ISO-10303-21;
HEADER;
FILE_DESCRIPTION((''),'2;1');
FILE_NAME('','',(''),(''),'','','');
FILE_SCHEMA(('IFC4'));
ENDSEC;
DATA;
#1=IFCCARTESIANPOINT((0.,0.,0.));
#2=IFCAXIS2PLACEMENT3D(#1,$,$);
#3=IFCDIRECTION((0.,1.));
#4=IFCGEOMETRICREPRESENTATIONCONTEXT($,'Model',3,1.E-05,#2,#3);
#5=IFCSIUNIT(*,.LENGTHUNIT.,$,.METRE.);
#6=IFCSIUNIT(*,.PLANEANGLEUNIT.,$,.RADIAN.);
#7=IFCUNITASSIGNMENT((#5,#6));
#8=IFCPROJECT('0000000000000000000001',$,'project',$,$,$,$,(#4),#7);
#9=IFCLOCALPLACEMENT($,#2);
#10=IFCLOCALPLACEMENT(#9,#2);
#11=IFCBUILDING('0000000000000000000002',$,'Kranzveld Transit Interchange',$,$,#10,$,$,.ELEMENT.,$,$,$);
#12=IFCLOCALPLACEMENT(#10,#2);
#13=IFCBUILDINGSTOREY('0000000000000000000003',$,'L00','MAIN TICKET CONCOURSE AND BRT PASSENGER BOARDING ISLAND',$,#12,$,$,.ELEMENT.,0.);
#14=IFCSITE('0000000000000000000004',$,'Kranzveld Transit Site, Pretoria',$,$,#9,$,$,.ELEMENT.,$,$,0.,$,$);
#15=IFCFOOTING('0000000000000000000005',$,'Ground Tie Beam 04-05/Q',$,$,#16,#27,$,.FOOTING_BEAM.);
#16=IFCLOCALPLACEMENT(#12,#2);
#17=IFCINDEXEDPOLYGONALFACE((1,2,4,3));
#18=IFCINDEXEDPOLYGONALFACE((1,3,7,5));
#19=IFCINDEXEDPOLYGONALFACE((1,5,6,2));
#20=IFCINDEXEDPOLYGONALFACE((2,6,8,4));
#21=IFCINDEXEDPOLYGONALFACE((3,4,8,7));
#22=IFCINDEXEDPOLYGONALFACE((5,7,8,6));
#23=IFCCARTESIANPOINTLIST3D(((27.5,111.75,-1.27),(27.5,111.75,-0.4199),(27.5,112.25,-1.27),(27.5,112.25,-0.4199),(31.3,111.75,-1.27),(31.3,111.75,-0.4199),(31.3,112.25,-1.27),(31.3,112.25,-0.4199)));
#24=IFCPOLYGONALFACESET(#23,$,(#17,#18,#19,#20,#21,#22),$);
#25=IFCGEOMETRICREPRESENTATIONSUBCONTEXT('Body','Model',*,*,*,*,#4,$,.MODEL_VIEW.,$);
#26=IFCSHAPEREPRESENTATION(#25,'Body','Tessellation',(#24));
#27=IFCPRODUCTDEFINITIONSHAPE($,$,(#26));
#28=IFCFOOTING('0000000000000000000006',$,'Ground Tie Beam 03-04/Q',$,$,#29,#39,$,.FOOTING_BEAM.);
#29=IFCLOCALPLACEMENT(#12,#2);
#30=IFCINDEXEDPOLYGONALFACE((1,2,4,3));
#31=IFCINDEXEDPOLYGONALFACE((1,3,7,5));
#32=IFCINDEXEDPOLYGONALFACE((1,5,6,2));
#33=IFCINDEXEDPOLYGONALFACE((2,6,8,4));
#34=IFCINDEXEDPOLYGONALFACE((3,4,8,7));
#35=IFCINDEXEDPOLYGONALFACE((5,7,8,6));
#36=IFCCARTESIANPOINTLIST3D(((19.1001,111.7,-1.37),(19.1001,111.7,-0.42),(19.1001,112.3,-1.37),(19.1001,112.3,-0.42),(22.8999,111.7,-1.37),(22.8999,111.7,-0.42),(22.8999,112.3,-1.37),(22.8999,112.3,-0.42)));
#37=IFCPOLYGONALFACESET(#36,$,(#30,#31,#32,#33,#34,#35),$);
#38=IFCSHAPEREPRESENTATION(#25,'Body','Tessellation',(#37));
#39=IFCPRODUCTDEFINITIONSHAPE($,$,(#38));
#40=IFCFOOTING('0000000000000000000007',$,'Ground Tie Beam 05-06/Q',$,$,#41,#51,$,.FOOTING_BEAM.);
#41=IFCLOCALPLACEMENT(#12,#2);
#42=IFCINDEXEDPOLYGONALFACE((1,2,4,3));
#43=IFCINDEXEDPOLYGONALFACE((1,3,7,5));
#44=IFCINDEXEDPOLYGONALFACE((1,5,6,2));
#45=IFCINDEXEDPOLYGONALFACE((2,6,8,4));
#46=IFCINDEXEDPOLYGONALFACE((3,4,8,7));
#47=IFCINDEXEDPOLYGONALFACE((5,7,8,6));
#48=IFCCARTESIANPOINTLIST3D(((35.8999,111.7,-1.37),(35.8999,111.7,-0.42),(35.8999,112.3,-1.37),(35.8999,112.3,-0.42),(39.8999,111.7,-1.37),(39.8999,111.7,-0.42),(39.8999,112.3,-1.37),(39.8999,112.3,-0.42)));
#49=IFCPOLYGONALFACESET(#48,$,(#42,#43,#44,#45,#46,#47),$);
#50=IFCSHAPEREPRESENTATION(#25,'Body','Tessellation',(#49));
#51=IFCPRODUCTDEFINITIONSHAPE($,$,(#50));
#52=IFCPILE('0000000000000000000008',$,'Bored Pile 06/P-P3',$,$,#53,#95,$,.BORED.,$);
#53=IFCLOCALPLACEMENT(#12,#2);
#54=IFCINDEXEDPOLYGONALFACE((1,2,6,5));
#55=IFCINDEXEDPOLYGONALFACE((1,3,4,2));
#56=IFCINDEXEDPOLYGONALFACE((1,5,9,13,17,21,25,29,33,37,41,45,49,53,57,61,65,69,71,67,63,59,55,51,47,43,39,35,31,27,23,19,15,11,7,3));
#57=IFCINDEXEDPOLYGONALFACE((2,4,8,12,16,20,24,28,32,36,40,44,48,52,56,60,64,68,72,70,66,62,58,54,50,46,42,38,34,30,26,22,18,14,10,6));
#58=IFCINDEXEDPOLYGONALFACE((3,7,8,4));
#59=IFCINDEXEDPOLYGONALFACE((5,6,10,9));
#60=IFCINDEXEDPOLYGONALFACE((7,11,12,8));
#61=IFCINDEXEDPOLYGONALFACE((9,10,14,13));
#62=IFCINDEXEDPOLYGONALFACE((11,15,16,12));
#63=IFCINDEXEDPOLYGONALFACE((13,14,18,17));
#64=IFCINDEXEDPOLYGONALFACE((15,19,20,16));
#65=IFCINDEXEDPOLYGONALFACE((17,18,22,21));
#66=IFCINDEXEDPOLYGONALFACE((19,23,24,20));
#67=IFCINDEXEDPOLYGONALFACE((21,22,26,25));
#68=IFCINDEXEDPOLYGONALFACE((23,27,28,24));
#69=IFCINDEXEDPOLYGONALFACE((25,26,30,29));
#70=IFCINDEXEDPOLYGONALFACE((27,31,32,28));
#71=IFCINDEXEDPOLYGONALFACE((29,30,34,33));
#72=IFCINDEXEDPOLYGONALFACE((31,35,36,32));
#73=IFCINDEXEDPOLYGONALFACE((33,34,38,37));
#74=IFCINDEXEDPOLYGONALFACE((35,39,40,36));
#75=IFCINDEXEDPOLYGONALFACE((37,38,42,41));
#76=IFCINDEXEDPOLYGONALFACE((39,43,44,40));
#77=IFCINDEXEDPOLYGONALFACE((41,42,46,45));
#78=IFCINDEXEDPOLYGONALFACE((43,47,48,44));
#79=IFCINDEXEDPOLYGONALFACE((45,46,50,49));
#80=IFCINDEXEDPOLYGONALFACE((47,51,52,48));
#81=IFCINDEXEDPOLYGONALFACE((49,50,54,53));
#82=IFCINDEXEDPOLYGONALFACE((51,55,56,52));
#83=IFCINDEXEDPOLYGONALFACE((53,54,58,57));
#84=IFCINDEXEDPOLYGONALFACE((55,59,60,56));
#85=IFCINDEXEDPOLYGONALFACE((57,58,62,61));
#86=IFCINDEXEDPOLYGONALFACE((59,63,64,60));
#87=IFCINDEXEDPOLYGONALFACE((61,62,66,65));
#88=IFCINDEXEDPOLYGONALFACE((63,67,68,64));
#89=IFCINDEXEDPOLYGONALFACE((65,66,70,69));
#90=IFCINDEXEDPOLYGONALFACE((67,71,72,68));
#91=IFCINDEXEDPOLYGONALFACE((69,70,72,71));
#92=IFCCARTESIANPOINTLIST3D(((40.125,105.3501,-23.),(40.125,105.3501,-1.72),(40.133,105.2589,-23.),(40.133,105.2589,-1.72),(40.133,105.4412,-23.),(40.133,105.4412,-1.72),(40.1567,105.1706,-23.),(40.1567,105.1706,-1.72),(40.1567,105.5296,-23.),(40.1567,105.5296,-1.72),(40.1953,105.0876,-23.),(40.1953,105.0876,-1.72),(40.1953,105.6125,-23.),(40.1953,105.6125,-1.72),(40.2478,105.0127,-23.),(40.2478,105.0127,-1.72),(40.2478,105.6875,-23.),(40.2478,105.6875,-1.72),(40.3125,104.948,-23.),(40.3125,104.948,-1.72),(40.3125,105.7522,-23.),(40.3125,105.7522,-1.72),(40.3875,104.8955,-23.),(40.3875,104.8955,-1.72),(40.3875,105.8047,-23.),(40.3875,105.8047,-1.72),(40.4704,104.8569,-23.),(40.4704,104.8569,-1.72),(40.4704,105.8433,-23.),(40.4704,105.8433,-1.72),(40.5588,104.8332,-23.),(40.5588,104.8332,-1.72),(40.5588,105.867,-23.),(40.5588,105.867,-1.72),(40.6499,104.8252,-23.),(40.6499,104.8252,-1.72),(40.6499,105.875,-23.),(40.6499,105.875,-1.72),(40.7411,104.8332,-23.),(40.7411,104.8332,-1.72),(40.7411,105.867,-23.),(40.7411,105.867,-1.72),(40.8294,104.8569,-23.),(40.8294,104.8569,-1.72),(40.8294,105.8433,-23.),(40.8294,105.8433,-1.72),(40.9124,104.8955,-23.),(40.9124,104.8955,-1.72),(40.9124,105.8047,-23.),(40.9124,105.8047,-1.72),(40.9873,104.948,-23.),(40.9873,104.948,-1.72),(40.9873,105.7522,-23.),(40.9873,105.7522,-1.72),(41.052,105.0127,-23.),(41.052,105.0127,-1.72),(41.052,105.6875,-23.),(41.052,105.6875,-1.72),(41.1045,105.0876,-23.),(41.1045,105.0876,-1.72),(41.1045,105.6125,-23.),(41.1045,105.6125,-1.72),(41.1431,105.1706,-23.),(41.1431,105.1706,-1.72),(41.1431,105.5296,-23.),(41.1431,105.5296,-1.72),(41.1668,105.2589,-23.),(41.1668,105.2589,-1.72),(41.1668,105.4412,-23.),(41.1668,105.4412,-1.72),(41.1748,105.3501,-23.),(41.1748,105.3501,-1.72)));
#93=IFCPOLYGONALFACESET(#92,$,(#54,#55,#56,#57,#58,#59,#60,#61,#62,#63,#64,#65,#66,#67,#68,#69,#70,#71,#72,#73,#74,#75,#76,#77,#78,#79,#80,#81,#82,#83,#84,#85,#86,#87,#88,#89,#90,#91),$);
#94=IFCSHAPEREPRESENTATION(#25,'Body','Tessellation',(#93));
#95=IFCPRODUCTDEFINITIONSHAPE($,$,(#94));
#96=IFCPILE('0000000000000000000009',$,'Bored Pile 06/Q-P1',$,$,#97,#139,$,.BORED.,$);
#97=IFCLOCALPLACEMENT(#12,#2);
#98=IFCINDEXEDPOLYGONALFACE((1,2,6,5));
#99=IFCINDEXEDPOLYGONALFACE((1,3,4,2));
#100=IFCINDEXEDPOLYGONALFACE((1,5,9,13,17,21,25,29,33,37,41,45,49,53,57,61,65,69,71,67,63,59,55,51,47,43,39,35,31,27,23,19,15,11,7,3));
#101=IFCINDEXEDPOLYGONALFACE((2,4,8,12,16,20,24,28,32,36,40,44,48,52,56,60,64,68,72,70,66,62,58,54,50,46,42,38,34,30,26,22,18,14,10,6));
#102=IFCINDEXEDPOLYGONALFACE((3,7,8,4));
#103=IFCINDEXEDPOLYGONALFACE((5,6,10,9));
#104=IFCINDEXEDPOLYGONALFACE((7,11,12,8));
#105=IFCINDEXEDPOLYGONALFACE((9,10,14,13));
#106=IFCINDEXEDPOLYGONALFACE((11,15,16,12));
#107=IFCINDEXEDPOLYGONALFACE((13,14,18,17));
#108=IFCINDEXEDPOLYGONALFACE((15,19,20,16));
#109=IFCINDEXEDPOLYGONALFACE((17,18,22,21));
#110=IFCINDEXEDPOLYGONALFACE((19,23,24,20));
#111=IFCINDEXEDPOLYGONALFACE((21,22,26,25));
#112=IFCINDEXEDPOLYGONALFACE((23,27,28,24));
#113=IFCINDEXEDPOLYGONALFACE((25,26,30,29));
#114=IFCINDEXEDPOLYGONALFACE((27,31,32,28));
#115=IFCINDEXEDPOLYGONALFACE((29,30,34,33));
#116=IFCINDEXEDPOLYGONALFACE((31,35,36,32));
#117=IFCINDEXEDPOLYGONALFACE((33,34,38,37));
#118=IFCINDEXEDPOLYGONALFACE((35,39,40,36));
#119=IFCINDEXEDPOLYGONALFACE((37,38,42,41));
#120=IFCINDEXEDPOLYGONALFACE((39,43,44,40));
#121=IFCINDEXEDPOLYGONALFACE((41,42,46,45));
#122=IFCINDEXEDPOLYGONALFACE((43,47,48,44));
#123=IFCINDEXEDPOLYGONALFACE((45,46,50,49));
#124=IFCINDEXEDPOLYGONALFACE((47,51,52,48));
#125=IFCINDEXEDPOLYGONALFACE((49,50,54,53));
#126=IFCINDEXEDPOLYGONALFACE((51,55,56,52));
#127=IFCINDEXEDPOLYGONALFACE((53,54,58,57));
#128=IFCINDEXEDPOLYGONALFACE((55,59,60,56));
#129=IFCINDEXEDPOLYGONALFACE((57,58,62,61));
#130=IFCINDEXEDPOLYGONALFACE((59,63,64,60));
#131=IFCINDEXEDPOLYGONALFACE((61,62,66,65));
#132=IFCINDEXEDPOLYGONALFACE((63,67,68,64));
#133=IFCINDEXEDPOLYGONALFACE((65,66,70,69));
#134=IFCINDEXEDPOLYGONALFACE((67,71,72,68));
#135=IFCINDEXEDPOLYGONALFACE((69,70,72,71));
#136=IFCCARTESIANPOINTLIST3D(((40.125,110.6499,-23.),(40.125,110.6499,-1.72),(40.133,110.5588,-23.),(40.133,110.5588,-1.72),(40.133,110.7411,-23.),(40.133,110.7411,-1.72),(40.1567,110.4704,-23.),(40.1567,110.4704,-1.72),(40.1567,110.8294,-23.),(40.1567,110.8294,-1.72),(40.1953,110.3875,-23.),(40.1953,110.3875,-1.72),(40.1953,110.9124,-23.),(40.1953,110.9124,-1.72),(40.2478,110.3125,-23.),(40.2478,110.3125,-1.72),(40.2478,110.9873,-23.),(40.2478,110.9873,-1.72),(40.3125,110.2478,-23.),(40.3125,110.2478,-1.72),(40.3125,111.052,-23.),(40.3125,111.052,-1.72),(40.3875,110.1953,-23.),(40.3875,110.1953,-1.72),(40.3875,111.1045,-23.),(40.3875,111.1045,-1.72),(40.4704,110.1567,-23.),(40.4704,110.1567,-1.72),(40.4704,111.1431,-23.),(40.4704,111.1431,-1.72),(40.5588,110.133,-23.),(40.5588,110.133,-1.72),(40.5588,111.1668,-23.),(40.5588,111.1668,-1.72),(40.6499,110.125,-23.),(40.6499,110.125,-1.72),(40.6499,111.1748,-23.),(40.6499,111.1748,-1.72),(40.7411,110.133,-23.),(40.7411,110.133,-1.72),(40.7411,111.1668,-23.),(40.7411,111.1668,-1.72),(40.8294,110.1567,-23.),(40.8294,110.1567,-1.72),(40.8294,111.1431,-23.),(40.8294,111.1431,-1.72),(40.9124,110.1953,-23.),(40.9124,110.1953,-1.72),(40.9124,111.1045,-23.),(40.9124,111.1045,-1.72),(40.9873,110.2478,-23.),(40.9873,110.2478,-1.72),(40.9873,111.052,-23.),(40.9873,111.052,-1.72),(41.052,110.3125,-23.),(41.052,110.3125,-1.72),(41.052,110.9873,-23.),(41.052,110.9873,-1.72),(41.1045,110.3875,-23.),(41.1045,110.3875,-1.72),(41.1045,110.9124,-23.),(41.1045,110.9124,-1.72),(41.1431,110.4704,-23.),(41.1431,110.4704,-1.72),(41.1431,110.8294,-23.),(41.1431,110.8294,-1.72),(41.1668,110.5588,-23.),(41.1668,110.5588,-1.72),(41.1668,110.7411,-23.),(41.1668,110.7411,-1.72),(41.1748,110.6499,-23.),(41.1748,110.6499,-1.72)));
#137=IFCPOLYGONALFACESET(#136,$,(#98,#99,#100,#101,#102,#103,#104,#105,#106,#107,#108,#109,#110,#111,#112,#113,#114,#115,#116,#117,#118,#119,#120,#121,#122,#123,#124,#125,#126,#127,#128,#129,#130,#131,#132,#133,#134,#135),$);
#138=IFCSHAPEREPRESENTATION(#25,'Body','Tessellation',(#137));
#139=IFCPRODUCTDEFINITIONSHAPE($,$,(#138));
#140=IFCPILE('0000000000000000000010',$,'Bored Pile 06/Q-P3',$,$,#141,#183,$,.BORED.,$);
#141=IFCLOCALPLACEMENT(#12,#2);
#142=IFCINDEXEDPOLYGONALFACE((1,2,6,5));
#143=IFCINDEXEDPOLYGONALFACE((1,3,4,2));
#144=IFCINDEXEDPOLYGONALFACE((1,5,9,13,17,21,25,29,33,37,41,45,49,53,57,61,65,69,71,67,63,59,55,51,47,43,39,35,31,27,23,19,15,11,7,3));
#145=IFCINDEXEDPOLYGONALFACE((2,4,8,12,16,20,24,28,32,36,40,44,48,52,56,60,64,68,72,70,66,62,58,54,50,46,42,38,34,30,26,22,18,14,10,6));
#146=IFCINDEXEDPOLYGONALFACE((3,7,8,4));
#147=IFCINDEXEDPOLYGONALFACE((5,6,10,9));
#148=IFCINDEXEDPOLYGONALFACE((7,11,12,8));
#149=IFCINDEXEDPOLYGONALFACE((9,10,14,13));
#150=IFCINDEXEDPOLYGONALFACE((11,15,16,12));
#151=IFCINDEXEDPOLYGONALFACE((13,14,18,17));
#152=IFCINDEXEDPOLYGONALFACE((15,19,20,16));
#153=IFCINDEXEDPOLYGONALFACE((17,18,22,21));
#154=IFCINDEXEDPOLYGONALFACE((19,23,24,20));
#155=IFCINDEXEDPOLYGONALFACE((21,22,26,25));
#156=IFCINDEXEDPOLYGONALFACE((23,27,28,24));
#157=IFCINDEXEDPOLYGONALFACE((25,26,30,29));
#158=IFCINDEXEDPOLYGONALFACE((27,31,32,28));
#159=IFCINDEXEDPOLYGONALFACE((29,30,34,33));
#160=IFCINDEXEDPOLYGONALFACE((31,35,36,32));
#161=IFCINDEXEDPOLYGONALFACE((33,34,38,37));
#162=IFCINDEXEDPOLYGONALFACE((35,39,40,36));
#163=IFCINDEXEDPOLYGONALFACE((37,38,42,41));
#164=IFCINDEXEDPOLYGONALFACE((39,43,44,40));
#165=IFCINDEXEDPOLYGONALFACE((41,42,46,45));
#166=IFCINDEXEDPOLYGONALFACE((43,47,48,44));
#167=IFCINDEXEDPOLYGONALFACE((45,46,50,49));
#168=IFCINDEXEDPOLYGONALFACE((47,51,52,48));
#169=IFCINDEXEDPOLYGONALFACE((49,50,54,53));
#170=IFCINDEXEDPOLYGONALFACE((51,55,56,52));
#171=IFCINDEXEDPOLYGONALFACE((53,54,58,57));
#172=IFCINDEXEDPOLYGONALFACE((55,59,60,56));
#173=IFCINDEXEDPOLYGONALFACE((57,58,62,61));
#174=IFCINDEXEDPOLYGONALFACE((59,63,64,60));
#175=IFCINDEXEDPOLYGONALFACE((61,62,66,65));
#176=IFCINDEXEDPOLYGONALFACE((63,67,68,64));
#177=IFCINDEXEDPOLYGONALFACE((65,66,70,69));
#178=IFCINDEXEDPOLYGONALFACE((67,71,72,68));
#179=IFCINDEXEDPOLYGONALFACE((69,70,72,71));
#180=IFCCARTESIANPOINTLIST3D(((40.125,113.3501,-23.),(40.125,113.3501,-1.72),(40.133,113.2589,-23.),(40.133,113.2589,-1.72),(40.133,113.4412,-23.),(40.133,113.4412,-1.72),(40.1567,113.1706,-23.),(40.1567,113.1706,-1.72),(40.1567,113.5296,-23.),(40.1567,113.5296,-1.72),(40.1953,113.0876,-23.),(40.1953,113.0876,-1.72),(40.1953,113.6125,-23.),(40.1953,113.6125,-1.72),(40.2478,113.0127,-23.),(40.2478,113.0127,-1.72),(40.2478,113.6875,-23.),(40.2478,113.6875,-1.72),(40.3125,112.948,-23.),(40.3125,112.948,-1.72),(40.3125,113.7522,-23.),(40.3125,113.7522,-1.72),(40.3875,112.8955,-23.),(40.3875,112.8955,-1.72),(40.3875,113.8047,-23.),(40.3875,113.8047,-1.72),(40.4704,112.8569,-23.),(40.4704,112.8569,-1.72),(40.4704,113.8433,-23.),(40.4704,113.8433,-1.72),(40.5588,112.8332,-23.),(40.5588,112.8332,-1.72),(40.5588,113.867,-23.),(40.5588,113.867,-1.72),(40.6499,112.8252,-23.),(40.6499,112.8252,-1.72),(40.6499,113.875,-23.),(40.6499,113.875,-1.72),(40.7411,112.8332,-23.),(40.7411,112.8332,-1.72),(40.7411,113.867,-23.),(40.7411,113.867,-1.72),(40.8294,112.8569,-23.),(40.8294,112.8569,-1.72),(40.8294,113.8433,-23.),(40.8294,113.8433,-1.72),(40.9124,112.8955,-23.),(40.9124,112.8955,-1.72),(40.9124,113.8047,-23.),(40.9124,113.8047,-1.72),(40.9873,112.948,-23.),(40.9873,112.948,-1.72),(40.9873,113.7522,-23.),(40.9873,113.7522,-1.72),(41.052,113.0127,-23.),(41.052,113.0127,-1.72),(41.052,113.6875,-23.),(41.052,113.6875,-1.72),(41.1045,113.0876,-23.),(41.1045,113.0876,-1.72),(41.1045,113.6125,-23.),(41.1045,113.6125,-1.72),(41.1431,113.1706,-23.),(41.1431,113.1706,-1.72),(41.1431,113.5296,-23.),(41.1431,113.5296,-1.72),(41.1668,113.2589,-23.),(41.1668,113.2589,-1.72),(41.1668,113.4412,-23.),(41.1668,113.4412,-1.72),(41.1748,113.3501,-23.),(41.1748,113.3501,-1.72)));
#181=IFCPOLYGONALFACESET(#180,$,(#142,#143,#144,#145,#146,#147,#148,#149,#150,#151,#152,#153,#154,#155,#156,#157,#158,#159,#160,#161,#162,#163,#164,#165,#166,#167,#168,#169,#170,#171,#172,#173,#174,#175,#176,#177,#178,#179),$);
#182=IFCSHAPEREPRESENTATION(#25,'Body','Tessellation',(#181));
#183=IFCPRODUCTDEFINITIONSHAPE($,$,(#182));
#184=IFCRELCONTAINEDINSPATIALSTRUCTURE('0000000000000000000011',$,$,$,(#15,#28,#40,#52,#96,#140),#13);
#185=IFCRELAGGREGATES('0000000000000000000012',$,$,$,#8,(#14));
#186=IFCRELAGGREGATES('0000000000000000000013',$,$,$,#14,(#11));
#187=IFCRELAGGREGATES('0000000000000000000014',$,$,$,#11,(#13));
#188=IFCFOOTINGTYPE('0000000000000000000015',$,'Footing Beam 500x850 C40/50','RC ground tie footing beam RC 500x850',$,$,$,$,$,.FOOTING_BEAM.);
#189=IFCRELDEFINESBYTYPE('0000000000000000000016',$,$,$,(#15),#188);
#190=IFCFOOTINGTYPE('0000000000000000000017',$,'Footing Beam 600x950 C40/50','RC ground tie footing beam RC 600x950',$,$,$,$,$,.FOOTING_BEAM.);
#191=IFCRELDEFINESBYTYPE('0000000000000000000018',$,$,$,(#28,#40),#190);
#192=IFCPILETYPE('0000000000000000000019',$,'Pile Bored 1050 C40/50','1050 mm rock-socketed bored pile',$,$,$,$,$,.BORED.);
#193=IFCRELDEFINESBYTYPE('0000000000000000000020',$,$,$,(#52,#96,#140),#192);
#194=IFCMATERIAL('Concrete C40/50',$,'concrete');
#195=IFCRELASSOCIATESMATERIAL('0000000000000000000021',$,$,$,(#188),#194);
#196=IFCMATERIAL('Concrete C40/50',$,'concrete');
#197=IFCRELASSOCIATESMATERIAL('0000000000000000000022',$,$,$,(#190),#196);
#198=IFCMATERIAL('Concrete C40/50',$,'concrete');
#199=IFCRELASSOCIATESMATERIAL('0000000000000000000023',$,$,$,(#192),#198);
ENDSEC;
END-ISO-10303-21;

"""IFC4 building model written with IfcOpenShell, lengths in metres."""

from ifc_helpers import new_model, si_unit, direction, frame, origin, origin_2d, place, context, subcontext, project, spatial, rectangle, circle, extrude, material, material_profile, profile_set, type_object, element, save


model = new_model("IFC4")

# Units and contexts
model_context = context("Model", 3, precision=1e-05, world=origin(), true_north=direction((0.0, 1.0)))
body_context = subcontext(model_context, "Body", "Model", "MODEL_VIEW")
ifc_project = project(units=[si_unit("LENGTHUNIT", "METRE"), si_unit("PLANEANGLEUNIT", "RADIAN")], contexts=[model_context])

# Site, building, storey
site_placement = place(None, origin())
site = spatial("IfcSite", under=ifc_project, at=site_placement, Name="Kranzveld Transit Site, Pretoria", CompositionType="ELEMENT", RefElevation=0.0)
building_placement = place(site_placement, origin())
building = spatial("IfcBuilding", under=site, at=building_placement, Name="Kranzveld Transit Interchange", CompositionType="ELEMENT")
storey_placement = place(building_placement, origin())
storey = spatial("IfcBuildingStorey", under=building, at=storey_placement, Name="L00", Description="MAIN TICKET CONCOURSE AND BRT PASSENGER BOARDING ISLAND", CompositionType="ELEMENT", Elevation=0.0)

# Footings
ifc_material_1 = material(Name="Concrete C40/50", Category="concrete")
ifc_material_profile_1 = material_profile(ifc_material_1, rectangle(XDim=0.5, YDim=0.8501, at=origin_2d()), Name="RC 500x850")
ifc_profile_set_1 = profile_set([ifc_material_profile_1], Name="Concrete C40/50")
footing_type_1 = type_object("IfcFootingType", Name="Footing Beam 500x850 C40/50", Description="RC ground tie footing beam RC 500x850", PredefinedType="FOOTING_BEAM", material=ifc_profile_set_1)
footing_1_placement = place(storey_placement, frame((27.5, 112.0, -0.845), z_axis=(1.0, 0.0, 0.0), x_axis=(0.0, 1.0, 0.0)))
element("IfcFooting", 1, at=footing_1_placement, inside=storey, type_object=footing_type_1, Name="Ground Tie Beam 04-05/Q", PredefinedType="FOOTING_BEAM", context=body_context, shape_type="SweptSolid", body=[
    extrude(rectangle(XDim=0.5, YDim=0.8501, at=origin_2d()), origin(), (0.0, 0.0, 1.0), 3.8),
])
ifc_material_2 = material(Name="Concrete C40/50", Category="concrete")
ifc_material_profile_2 = material_profile(ifc_material_2, rectangle(XDim=0.6001, YDim=0.95, at=origin_2d()), Name="RC 600x950")
ifc_profile_set_2 = profile_set([ifc_material_profile_2], Name="Concrete C40/50")
footing_type_2 = type_object("IfcFootingType", Name="Footing Beam 600x950 C40/50", Description="RC ground tie footing beam RC 600x950", PredefinedType="FOOTING_BEAM", material=ifc_profile_set_2)
footing_2_placement = place(storey_placement, frame((19.1001, 112.0, -0.895), z_axis=(1.0, 0.0, 0.0), x_axis=(0.0, 1.0, 0.0)))
element("IfcFooting", 2, at=footing_2_placement, inside=storey, type_object=footing_type_2, Name="Ground Tie Beam 03-04/Q", PredefinedType="FOOTING_BEAM", context=body_context, shape_type="SweptSolid", body=[
    extrude(rectangle(XDim=0.6001, YDim=0.95, at=origin_2d()), origin(), (0.0, 0.0, 1.0), 3.7998),
])
footing_3_placement = place(storey_placement, frame((35.8999, 112.0, -0.895), z_axis=(1.0, 0.0, 0.0), x_axis=(0.0, 1.0, 0.0)))
element("IfcFooting", 3, at=footing_3_placement, inside=storey, type_object=footing_type_2, Name="Ground Tie Beam 05-06/Q", PredefinedType="FOOTING_BEAM", context=body_context, shape_type="SweptSolid", body=[
    extrude(rectangle(XDim=0.6001, YDim=0.95, at=origin_2d()), origin(), (0.0, 0.0, 1.0), 4.0),
])

# Piles
ifc_material_3 = material(Name="Concrete C40/50", Category="concrete")
ifc_material_profile_3 = material_profile(ifc_material_3, circle(Radius=0.5249, at=origin_2d()), Name="BORED PILE 1050")
ifc_profile_set_3 = profile_set([ifc_material_profile_3], Name="Concrete C40/50")
pile_type_1 = type_object("IfcPileType", Name="Pile Bored 1050 C40/50", Description="1050 mm rock-socketed bored pile", PredefinedType="BORED", material=ifc_profile_set_3)
for number, where, z_axis, x_axis, name in (
    (4, (40.6499, 105.3501, -1.72), (0.0, 0.0, -1.0), (1.0, 0.0, 0.0), "Bored Pile 06/P-P3"),
    (5, (40.6499, 110.6499, -1.72), (0.0, 0.0, -1.0), (1.0, 0.0, 0.0), "Bored Pile 06/Q-P1"),
    (6, (40.6499, 113.3501, -1.72), (0.0, 0.0, -1.0), (1.0, 0.0, 0.0), "Bored Pile 06/Q-P3"),
):
    element("IfcPile", number, at=place(storey_placement, frame(where, z_axis=z_axis, x_axis=x_axis)), inside=storey, type_object=pile_type_1, Name=name, PredefinedType="BORED", context=body_context, shape_type="SweptSolid", body=[
        extrude(circle(Radius=0.5249, at=origin_2d()), origin(), (0.0, 0.0, 1.0), 21.28),
    ])

save(model, "model.ifc")
